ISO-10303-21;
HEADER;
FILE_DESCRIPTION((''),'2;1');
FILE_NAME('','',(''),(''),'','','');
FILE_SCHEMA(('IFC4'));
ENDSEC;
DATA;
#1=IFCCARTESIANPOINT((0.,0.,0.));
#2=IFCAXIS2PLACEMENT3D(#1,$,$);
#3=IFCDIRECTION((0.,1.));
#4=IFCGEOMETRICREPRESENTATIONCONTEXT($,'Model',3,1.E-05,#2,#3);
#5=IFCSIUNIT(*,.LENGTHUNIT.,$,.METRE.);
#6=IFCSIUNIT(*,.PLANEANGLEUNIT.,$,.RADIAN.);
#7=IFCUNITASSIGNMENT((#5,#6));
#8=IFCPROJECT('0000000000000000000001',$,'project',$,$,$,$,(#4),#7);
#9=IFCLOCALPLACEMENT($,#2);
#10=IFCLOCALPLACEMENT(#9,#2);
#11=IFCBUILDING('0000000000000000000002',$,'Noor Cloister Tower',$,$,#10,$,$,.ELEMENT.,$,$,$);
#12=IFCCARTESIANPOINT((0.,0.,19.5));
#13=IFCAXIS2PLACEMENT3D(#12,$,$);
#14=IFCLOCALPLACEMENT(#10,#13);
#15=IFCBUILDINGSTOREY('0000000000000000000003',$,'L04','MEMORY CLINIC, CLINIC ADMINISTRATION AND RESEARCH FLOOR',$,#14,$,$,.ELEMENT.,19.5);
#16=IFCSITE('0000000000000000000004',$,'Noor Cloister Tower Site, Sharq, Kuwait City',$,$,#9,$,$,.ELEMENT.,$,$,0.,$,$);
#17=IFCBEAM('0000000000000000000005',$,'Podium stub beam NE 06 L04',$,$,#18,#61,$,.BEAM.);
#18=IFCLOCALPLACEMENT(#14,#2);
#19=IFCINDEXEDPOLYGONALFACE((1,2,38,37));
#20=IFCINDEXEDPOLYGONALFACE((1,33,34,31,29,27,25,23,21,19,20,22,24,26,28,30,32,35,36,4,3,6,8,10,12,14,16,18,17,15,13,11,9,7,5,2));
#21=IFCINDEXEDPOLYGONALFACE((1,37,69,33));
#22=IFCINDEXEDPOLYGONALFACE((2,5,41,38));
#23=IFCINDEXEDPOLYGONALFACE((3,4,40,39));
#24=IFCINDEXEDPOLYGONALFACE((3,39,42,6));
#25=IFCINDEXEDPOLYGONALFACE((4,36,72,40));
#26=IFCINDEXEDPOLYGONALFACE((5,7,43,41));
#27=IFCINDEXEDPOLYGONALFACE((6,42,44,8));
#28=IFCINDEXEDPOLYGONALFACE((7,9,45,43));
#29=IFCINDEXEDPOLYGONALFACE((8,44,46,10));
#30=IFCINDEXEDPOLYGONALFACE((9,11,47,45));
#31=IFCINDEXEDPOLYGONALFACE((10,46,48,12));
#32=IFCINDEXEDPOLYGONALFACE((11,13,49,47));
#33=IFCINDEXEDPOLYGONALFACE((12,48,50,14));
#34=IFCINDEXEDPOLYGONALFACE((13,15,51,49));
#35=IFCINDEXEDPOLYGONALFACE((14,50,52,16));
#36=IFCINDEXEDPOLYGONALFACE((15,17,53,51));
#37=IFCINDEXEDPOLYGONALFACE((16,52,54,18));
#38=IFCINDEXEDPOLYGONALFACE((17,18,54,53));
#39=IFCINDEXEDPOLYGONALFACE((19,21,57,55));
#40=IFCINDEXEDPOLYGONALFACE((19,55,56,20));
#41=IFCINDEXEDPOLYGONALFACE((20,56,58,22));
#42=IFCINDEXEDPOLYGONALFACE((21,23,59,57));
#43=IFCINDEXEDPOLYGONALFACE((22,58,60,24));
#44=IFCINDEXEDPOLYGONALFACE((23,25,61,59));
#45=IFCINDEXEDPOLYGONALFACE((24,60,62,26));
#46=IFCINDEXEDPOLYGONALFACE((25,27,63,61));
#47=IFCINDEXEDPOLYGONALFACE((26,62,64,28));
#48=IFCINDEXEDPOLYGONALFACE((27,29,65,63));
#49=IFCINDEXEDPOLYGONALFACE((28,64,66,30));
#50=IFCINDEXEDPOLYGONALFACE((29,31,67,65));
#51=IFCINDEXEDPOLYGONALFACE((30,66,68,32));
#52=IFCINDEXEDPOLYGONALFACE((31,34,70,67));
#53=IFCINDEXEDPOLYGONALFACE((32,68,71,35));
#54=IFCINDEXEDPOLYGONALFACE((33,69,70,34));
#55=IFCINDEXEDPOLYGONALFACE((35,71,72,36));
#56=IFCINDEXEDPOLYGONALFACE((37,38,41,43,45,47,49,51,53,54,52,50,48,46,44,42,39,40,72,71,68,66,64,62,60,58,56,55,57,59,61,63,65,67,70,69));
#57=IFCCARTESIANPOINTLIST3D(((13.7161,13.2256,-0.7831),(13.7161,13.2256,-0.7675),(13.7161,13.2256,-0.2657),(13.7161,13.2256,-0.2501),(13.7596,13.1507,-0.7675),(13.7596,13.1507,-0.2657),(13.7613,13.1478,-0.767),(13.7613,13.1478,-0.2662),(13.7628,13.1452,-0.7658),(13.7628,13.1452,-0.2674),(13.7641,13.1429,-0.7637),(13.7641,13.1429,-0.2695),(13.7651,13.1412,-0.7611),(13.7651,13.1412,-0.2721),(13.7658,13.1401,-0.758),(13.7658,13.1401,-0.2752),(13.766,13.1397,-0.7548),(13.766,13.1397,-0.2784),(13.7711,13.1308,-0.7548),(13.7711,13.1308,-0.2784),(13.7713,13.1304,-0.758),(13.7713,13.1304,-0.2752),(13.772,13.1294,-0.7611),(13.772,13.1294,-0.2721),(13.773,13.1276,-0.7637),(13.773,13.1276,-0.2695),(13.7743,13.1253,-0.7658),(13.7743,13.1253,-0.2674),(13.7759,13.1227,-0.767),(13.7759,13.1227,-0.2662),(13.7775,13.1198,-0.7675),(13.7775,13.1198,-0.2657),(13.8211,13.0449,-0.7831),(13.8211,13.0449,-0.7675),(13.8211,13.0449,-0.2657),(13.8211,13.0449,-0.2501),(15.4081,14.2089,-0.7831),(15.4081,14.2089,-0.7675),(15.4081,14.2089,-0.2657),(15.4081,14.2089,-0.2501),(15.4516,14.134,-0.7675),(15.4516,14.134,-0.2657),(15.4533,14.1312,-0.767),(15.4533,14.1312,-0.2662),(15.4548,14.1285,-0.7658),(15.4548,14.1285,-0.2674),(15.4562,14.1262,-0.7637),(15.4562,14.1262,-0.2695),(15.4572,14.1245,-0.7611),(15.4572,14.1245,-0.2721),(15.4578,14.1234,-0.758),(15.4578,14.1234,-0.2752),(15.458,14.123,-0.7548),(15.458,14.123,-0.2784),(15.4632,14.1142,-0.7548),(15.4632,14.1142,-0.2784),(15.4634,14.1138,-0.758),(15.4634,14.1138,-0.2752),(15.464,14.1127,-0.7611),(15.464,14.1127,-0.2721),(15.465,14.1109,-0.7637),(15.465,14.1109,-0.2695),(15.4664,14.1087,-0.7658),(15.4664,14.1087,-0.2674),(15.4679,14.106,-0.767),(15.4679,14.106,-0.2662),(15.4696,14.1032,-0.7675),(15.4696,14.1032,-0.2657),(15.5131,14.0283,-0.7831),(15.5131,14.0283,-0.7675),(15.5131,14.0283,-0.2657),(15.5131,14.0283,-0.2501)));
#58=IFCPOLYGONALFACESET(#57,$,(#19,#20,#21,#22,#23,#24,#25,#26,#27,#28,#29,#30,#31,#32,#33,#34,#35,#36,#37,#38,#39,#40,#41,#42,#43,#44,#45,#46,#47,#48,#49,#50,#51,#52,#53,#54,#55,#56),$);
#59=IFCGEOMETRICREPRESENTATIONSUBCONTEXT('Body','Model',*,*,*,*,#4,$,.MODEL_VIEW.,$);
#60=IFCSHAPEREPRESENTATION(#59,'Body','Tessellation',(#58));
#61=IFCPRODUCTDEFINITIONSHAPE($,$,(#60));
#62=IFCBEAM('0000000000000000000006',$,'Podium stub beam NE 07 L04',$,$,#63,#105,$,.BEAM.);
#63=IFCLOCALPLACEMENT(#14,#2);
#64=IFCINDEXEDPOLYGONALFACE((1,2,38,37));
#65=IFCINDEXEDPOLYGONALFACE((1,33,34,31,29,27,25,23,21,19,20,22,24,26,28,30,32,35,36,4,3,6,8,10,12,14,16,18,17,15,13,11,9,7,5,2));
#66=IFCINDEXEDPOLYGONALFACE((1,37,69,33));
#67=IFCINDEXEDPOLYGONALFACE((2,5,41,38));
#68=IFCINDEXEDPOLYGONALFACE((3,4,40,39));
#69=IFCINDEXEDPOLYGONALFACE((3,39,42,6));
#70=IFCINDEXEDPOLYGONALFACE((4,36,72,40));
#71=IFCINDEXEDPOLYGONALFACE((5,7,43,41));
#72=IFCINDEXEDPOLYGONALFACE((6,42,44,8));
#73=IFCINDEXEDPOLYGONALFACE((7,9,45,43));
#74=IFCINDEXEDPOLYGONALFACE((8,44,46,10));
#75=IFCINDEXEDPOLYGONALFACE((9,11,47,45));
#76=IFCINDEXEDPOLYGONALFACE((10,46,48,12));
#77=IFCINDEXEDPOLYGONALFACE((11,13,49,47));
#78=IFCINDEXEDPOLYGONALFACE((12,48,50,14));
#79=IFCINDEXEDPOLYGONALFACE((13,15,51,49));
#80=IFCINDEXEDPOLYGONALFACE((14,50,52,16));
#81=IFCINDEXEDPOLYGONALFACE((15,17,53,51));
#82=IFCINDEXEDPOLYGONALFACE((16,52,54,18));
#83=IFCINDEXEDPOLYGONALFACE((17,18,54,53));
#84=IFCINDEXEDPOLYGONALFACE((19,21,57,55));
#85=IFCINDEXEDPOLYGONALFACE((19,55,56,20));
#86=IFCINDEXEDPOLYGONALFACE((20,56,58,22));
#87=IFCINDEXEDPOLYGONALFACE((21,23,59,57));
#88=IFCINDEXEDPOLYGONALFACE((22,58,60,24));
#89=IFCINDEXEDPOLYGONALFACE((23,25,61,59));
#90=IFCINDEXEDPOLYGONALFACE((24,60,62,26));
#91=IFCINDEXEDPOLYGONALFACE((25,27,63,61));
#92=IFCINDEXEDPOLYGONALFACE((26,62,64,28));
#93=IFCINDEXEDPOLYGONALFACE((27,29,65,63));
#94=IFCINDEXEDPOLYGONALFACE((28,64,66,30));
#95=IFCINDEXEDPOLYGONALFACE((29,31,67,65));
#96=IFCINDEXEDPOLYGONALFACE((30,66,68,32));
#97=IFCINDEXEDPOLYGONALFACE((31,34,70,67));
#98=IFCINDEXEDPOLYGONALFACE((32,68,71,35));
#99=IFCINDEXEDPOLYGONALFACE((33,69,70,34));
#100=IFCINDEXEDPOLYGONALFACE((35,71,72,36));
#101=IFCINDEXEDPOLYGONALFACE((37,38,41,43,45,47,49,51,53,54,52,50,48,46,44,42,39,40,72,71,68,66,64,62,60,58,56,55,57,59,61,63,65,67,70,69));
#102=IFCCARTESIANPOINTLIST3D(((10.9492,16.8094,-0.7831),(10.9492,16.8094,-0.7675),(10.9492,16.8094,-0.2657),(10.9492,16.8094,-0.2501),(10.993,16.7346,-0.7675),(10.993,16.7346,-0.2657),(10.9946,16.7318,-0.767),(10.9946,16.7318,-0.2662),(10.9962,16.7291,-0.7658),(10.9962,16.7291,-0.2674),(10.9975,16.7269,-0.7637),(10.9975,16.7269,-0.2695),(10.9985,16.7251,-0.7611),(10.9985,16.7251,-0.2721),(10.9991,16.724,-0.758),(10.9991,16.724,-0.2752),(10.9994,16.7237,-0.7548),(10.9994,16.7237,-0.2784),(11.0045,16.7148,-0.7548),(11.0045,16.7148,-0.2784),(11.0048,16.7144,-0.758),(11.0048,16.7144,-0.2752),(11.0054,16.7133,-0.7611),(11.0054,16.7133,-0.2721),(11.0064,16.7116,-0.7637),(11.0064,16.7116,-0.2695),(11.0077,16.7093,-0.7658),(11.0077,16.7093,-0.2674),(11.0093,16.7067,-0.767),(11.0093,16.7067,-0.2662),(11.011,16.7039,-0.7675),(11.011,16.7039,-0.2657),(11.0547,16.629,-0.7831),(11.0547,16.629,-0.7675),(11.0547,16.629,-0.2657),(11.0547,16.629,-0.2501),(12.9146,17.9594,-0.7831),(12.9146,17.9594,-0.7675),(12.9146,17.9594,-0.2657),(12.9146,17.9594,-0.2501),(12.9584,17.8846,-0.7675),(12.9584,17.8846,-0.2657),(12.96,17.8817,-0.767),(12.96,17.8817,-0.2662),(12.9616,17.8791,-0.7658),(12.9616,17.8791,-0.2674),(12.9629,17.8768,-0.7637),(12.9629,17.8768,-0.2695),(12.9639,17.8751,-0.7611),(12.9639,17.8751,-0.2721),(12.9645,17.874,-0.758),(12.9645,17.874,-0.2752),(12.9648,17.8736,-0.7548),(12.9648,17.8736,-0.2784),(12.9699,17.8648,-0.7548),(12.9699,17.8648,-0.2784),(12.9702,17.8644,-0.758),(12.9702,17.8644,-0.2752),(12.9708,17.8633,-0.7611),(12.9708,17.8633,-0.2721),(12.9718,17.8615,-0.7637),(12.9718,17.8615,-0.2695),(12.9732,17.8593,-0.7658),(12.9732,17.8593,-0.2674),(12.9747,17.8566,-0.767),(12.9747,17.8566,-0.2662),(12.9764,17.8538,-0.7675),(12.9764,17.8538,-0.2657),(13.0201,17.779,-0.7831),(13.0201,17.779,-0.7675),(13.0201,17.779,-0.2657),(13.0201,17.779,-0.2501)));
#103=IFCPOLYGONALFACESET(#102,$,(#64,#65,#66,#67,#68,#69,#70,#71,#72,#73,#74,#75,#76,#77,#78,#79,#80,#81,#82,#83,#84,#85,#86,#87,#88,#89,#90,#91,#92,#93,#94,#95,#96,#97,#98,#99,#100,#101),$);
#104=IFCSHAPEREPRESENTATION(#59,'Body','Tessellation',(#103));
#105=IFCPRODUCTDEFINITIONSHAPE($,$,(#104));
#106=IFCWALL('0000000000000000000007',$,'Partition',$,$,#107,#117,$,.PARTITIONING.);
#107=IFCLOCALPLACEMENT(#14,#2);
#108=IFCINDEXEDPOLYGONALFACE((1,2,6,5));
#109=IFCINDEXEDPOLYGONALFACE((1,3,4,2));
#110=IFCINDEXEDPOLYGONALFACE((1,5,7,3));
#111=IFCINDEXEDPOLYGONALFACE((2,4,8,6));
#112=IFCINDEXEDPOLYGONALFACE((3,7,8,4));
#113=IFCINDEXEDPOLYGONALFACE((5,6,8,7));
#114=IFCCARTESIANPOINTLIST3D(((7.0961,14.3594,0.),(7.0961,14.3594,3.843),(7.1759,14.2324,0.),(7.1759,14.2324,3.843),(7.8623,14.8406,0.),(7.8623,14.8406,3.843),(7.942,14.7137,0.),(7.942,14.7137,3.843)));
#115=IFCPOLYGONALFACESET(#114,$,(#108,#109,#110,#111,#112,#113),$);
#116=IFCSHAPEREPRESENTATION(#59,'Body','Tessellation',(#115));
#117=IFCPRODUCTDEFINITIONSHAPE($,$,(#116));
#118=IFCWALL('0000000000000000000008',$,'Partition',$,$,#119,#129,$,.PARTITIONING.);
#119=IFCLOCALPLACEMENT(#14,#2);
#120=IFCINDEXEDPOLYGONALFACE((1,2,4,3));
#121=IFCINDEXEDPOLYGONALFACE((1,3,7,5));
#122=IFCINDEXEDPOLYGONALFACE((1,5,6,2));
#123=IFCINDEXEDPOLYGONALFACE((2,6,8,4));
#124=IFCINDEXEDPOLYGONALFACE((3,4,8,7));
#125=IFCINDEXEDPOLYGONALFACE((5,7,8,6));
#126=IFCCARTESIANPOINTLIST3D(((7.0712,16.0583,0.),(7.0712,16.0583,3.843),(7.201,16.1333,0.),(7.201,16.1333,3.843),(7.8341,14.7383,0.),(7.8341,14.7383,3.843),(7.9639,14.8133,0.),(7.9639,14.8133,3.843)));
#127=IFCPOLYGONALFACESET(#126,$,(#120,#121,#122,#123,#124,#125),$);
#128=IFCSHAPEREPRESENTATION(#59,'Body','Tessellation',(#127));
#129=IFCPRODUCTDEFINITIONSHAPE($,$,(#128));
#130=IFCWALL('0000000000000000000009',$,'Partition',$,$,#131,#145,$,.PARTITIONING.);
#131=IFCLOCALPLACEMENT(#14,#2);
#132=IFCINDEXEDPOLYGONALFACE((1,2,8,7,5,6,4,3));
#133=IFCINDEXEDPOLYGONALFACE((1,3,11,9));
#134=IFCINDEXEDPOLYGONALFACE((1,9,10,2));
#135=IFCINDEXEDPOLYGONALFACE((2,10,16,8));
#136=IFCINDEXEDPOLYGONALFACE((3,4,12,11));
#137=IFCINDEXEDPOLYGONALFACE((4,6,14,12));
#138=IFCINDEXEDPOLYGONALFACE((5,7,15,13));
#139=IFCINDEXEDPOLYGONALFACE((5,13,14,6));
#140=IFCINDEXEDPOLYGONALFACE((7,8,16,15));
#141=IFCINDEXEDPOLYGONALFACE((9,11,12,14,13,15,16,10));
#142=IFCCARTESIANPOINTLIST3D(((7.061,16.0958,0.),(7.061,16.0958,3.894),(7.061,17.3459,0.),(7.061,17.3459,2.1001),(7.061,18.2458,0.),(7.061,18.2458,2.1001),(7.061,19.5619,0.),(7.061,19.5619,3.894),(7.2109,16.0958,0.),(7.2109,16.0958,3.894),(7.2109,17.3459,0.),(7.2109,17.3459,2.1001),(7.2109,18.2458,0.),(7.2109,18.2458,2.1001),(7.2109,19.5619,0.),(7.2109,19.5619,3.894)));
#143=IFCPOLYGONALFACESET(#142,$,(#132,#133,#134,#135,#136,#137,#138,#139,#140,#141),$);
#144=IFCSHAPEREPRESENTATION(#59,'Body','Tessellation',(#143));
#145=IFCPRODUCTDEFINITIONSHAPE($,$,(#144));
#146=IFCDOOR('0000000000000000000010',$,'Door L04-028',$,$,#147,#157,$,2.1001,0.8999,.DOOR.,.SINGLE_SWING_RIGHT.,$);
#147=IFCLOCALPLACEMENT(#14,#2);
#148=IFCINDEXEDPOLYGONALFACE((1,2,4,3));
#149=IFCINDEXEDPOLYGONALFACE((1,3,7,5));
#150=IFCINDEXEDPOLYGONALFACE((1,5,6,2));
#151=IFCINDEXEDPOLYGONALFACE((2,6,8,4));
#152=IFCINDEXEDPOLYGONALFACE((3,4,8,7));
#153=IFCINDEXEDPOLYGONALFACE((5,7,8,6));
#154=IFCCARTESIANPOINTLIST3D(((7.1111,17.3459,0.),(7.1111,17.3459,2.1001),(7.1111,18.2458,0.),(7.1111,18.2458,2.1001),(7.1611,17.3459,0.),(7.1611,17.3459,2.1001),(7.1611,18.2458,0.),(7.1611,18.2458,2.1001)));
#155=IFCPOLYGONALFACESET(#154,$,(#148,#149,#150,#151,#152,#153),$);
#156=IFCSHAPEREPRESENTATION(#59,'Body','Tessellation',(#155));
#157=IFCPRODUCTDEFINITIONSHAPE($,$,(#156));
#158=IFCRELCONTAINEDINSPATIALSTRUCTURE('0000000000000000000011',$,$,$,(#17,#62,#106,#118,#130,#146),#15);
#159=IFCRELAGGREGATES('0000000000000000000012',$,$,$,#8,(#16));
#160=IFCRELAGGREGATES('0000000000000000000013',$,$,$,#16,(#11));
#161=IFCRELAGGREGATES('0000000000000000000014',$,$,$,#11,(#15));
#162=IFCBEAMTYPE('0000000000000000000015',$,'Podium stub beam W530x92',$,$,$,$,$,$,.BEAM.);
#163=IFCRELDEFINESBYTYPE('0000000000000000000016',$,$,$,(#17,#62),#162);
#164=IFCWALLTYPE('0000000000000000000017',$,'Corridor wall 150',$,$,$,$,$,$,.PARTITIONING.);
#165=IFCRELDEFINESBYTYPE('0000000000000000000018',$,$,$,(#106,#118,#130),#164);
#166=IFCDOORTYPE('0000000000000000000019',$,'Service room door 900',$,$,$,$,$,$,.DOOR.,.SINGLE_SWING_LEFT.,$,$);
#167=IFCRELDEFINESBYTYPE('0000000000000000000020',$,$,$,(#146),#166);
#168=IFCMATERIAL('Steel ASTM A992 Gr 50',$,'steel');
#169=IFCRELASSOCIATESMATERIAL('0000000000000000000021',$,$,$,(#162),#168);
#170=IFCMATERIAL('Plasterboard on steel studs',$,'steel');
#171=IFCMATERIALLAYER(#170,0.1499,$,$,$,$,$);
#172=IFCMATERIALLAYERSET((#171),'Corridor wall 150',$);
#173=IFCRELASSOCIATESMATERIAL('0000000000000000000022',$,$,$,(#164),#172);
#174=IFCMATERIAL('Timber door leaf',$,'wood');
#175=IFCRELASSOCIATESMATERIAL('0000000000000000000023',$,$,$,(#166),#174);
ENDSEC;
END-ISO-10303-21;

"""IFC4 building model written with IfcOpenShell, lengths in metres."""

from ifc_helpers import new_model, si_unit, direction, frame, frame_2d, origin, origin_2d, place, context, subcontext, project, spatial, rectangle, i_section, extrude, material, layer, layer_set, material_profile, profile_set, type_object, element, fill, save


model = new_model("IFC4")

# Units and contexts
model_context = context("Model", 3, precision=1e-05, world=origin(), true_north=direction((0.0, 1.0)))
body_context = subcontext(model_context, "Body", "Model", "MODEL_VIEW")
ifc_project = project(units=[si_unit("LENGTHUNIT", "METRE"), si_unit("PLANEANGLEUNIT", "RADIAN")], contexts=[model_context])

# Site, building, storey
site_placement = place(None, origin())
site = spatial("IfcSite", under=ifc_project, at=site_placement, Name="Noor Cloister Tower Site, Sharq, Kuwait City", CompositionType="ELEMENT", RefElevation=0.0)
building_placement = place(site_placement, origin())
building = spatial("IfcBuilding", under=site, at=building_placement, Name="Noor Cloister Tower", CompositionType="ELEMENT")
storey_placement = place(building_placement, frame((0.0, 0.0, 19.5)))
storey = spatial("IfcBuildingStorey", under=building, at=storey_placement, Name="L04", Description="MEMORY CLINIC, CLINIC ADMINISTRATION AND RESEARCH FLOOR", CompositionType="ELEMENT", Elevation=19.5)

# Beams
ifc_material_1 = material(Name="Steel ASTM A992 Gr 50", Category="steel")
ifc_material_profile_1 = material_profile(ifc_material_1, i_section(OverallWidth=0.209, OverallDepth=0.533, WebThickness=0.0103, FlangeThickness=0.0156, FilletRadius=0.0127, at=origin_2d()), Name="W530x92")
ifc_profile_set_1 = profile_set([ifc_material_profile_1], Name="Steel ASTM A992 Gr 50")
beam_type_1 = type_object("IfcBeamType", Name="Podium stub beam W530x92", PredefinedType="BEAM", material=ifc_profile_set_1)
beam_1_placement = place(storey_placement, frame((13.7686, 13.1353, -0.5166), z_axis=(0.864597, 0.502467, 0.0), x_axis=(-0.502467, 0.864597, 0.0)))
element("IfcBeam", 1, at=beam_1_placement, inside=storey, type_object=beam_type_1, Name="Podium stub beam NE 06 L04", PredefinedType="BEAM", context=body_context, shape_type="SweptSolid", body=[
    extrude(i_section(OverallWidth=0.209, OverallDepth=0.533, WebThickness=0.0103, FlangeThickness=0.0156, FilletRadius=0.0127, at=origin_2d()), origin(), (0.0, 0.0, 1.0), 1.957),
])
beam_2_placement = place(storey_placement, frame((11.002, 16.7192, -0.5166), z_axis=(0.863117, 0.505004, 0.0), x_axis=(-0.505004, 0.863117, 0.0)))
element("IfcBeam", 2, at=beam_2_placement, inside=storey, type_object=beam_type_1, Name="Podium stub beam NE 07 L04", PredefinedType="BEAM", context=body_context, shape_type="SweptSolid", body=[
    extrude(i_section(OverallWidth=0.209, OverallDepth=0.533, WebThickness=0.0103, FlangeThickness=0.0156, FilletRadius=0.0127, at=origin_2d()), origin(), (0.0, 0.0, 1.0), 2.2771),
])

# Walls
ifc_material_2 = material(Name="Plasterboard on steel studs", Category="steel")
ifc_layer_1 = layer(ifc_material_2, 0.1499)
ifc_layer_set_1 = layer_set([ifc_layer_1], Name="Corridor wall 150")
wall_type_1 = type_object("IfcWallType", Name="Corridor wall 150", PredefinedType="PARTITIONING", material=ifc_layer_set_1)
wall_1_placement = place(storey_placement, frame((7.136, 14.2959, 0.0), z_axis=(0.0, 0.0, 1.0), x_axis=(0.846814, 0.53189, 0.0)))
element("IfcWall", 3, at=wall_1_placement, inside=storey, type_object=wall_type_1, Name="Partition", PredefinedType="PARTITIONING", context=body_context, shape_type="SweptSolid", body=[
    extrude(rectangle(XDim=0.9048, YDim=0.1499, at=frame_2d((0.4524, 0.0))), origin(), (0.0, 0.0, 1.0), 3.843),
])
wall_2_placement = place(storey_placement, frame((7.8989, 14.7759, 0.0), z_axis=(0.0, 0.0, 1.0), x_axis=(-0.500392, 0.865799, 0.0)))
element("IfcWall", 4, at=wall_2_placement, inside=storey, type_object=wall_type_1, Name="Partition", PredefinedType="PARTITIONING", context=body_context, shape_type="SweptSolid", body=[
    extrude(rectangle(XDim=1.5247, YDim=0.1499, at=frame_2d((0.7622, 0.0))), origin(), (0.0, 0.0, 1.0), 3.843),
])

# Wall, opening, door
wall_3_placement = place(storey_placement, frame((7.136, 16.0959, 0.0), z_axis=(0.0, 0.0, 1.0), x_axis=(0.0, 1.0, 0.0)))
wall_3 = element("IfcWall", 5, at=wall_3_placement, inside=storey, type_object=wall_type_1, Name="Partition", PredefinedType="PARTITIONING", context=body_context, shape_type="SweptSolid", body=[
    extrude(rectangle(XDim=3.4661, YDim=0.1499, at=frame_2d((1.7329, 0.0))), origin(), (0.0, 0.0, 1.0), 3.894),
])
opening_1_placement = place(wall_3_placement, frame((1.25, 0.0, 0.0)))
opening_1 = element("IfcOpeningElement", 6, at=opening_1_placement, cuts=wall_3, PredefinedType="OPENING", context=body_context, shape_type="SweptSolid", body=[
    extrude(rectangle(XDim=0.8999, YDim=2.1001, at=frame_2d((0.45, 1.05))), frame((0.0, 0.085, 0.0), z_axis=(0.0, -1.0, 0.0), x_axis=(1.0, 0.0, 0.0)), (0.0, 0.0, 1.0), 0.1699),
])
ifc_material_3 = material(Name="Timber door leaf", Category="wood")
door_type_1 = type_object("IfcDoorType", Name="Service room door 900", OperationType="SINGLE_SWING_LEFT", PredefinedType="DOOR", material=ifc_material_3)
door_1_placement = place(opening_1_placement, origin())
door_1 = element("IfcDoor", 7, at=door_1_placement, inside=storey, type_object=door_type_1, Name="Door L04-028", OperationType="SINGLE_SWING_RIGHT", OverallHeight=2.1001, OverallWidth=0.8999, PredefinedType="DOOR", context=body_context, shape_type="SweptSolid", body=[
    extrude(rectangle(XDim=0.8999, YDim=2.1001, at=frame_2d((0.45, 1.05))), frame((0.0, 0.0249, 0.0), z_axis=(0.0, -1.0, 0.0), x_axis=(1.0, 0.0, 0.0)), (0.0, 0.0, 1.0), 0.05),
])
fill(opening_1, door_1)

save(model, "model.ifc")
